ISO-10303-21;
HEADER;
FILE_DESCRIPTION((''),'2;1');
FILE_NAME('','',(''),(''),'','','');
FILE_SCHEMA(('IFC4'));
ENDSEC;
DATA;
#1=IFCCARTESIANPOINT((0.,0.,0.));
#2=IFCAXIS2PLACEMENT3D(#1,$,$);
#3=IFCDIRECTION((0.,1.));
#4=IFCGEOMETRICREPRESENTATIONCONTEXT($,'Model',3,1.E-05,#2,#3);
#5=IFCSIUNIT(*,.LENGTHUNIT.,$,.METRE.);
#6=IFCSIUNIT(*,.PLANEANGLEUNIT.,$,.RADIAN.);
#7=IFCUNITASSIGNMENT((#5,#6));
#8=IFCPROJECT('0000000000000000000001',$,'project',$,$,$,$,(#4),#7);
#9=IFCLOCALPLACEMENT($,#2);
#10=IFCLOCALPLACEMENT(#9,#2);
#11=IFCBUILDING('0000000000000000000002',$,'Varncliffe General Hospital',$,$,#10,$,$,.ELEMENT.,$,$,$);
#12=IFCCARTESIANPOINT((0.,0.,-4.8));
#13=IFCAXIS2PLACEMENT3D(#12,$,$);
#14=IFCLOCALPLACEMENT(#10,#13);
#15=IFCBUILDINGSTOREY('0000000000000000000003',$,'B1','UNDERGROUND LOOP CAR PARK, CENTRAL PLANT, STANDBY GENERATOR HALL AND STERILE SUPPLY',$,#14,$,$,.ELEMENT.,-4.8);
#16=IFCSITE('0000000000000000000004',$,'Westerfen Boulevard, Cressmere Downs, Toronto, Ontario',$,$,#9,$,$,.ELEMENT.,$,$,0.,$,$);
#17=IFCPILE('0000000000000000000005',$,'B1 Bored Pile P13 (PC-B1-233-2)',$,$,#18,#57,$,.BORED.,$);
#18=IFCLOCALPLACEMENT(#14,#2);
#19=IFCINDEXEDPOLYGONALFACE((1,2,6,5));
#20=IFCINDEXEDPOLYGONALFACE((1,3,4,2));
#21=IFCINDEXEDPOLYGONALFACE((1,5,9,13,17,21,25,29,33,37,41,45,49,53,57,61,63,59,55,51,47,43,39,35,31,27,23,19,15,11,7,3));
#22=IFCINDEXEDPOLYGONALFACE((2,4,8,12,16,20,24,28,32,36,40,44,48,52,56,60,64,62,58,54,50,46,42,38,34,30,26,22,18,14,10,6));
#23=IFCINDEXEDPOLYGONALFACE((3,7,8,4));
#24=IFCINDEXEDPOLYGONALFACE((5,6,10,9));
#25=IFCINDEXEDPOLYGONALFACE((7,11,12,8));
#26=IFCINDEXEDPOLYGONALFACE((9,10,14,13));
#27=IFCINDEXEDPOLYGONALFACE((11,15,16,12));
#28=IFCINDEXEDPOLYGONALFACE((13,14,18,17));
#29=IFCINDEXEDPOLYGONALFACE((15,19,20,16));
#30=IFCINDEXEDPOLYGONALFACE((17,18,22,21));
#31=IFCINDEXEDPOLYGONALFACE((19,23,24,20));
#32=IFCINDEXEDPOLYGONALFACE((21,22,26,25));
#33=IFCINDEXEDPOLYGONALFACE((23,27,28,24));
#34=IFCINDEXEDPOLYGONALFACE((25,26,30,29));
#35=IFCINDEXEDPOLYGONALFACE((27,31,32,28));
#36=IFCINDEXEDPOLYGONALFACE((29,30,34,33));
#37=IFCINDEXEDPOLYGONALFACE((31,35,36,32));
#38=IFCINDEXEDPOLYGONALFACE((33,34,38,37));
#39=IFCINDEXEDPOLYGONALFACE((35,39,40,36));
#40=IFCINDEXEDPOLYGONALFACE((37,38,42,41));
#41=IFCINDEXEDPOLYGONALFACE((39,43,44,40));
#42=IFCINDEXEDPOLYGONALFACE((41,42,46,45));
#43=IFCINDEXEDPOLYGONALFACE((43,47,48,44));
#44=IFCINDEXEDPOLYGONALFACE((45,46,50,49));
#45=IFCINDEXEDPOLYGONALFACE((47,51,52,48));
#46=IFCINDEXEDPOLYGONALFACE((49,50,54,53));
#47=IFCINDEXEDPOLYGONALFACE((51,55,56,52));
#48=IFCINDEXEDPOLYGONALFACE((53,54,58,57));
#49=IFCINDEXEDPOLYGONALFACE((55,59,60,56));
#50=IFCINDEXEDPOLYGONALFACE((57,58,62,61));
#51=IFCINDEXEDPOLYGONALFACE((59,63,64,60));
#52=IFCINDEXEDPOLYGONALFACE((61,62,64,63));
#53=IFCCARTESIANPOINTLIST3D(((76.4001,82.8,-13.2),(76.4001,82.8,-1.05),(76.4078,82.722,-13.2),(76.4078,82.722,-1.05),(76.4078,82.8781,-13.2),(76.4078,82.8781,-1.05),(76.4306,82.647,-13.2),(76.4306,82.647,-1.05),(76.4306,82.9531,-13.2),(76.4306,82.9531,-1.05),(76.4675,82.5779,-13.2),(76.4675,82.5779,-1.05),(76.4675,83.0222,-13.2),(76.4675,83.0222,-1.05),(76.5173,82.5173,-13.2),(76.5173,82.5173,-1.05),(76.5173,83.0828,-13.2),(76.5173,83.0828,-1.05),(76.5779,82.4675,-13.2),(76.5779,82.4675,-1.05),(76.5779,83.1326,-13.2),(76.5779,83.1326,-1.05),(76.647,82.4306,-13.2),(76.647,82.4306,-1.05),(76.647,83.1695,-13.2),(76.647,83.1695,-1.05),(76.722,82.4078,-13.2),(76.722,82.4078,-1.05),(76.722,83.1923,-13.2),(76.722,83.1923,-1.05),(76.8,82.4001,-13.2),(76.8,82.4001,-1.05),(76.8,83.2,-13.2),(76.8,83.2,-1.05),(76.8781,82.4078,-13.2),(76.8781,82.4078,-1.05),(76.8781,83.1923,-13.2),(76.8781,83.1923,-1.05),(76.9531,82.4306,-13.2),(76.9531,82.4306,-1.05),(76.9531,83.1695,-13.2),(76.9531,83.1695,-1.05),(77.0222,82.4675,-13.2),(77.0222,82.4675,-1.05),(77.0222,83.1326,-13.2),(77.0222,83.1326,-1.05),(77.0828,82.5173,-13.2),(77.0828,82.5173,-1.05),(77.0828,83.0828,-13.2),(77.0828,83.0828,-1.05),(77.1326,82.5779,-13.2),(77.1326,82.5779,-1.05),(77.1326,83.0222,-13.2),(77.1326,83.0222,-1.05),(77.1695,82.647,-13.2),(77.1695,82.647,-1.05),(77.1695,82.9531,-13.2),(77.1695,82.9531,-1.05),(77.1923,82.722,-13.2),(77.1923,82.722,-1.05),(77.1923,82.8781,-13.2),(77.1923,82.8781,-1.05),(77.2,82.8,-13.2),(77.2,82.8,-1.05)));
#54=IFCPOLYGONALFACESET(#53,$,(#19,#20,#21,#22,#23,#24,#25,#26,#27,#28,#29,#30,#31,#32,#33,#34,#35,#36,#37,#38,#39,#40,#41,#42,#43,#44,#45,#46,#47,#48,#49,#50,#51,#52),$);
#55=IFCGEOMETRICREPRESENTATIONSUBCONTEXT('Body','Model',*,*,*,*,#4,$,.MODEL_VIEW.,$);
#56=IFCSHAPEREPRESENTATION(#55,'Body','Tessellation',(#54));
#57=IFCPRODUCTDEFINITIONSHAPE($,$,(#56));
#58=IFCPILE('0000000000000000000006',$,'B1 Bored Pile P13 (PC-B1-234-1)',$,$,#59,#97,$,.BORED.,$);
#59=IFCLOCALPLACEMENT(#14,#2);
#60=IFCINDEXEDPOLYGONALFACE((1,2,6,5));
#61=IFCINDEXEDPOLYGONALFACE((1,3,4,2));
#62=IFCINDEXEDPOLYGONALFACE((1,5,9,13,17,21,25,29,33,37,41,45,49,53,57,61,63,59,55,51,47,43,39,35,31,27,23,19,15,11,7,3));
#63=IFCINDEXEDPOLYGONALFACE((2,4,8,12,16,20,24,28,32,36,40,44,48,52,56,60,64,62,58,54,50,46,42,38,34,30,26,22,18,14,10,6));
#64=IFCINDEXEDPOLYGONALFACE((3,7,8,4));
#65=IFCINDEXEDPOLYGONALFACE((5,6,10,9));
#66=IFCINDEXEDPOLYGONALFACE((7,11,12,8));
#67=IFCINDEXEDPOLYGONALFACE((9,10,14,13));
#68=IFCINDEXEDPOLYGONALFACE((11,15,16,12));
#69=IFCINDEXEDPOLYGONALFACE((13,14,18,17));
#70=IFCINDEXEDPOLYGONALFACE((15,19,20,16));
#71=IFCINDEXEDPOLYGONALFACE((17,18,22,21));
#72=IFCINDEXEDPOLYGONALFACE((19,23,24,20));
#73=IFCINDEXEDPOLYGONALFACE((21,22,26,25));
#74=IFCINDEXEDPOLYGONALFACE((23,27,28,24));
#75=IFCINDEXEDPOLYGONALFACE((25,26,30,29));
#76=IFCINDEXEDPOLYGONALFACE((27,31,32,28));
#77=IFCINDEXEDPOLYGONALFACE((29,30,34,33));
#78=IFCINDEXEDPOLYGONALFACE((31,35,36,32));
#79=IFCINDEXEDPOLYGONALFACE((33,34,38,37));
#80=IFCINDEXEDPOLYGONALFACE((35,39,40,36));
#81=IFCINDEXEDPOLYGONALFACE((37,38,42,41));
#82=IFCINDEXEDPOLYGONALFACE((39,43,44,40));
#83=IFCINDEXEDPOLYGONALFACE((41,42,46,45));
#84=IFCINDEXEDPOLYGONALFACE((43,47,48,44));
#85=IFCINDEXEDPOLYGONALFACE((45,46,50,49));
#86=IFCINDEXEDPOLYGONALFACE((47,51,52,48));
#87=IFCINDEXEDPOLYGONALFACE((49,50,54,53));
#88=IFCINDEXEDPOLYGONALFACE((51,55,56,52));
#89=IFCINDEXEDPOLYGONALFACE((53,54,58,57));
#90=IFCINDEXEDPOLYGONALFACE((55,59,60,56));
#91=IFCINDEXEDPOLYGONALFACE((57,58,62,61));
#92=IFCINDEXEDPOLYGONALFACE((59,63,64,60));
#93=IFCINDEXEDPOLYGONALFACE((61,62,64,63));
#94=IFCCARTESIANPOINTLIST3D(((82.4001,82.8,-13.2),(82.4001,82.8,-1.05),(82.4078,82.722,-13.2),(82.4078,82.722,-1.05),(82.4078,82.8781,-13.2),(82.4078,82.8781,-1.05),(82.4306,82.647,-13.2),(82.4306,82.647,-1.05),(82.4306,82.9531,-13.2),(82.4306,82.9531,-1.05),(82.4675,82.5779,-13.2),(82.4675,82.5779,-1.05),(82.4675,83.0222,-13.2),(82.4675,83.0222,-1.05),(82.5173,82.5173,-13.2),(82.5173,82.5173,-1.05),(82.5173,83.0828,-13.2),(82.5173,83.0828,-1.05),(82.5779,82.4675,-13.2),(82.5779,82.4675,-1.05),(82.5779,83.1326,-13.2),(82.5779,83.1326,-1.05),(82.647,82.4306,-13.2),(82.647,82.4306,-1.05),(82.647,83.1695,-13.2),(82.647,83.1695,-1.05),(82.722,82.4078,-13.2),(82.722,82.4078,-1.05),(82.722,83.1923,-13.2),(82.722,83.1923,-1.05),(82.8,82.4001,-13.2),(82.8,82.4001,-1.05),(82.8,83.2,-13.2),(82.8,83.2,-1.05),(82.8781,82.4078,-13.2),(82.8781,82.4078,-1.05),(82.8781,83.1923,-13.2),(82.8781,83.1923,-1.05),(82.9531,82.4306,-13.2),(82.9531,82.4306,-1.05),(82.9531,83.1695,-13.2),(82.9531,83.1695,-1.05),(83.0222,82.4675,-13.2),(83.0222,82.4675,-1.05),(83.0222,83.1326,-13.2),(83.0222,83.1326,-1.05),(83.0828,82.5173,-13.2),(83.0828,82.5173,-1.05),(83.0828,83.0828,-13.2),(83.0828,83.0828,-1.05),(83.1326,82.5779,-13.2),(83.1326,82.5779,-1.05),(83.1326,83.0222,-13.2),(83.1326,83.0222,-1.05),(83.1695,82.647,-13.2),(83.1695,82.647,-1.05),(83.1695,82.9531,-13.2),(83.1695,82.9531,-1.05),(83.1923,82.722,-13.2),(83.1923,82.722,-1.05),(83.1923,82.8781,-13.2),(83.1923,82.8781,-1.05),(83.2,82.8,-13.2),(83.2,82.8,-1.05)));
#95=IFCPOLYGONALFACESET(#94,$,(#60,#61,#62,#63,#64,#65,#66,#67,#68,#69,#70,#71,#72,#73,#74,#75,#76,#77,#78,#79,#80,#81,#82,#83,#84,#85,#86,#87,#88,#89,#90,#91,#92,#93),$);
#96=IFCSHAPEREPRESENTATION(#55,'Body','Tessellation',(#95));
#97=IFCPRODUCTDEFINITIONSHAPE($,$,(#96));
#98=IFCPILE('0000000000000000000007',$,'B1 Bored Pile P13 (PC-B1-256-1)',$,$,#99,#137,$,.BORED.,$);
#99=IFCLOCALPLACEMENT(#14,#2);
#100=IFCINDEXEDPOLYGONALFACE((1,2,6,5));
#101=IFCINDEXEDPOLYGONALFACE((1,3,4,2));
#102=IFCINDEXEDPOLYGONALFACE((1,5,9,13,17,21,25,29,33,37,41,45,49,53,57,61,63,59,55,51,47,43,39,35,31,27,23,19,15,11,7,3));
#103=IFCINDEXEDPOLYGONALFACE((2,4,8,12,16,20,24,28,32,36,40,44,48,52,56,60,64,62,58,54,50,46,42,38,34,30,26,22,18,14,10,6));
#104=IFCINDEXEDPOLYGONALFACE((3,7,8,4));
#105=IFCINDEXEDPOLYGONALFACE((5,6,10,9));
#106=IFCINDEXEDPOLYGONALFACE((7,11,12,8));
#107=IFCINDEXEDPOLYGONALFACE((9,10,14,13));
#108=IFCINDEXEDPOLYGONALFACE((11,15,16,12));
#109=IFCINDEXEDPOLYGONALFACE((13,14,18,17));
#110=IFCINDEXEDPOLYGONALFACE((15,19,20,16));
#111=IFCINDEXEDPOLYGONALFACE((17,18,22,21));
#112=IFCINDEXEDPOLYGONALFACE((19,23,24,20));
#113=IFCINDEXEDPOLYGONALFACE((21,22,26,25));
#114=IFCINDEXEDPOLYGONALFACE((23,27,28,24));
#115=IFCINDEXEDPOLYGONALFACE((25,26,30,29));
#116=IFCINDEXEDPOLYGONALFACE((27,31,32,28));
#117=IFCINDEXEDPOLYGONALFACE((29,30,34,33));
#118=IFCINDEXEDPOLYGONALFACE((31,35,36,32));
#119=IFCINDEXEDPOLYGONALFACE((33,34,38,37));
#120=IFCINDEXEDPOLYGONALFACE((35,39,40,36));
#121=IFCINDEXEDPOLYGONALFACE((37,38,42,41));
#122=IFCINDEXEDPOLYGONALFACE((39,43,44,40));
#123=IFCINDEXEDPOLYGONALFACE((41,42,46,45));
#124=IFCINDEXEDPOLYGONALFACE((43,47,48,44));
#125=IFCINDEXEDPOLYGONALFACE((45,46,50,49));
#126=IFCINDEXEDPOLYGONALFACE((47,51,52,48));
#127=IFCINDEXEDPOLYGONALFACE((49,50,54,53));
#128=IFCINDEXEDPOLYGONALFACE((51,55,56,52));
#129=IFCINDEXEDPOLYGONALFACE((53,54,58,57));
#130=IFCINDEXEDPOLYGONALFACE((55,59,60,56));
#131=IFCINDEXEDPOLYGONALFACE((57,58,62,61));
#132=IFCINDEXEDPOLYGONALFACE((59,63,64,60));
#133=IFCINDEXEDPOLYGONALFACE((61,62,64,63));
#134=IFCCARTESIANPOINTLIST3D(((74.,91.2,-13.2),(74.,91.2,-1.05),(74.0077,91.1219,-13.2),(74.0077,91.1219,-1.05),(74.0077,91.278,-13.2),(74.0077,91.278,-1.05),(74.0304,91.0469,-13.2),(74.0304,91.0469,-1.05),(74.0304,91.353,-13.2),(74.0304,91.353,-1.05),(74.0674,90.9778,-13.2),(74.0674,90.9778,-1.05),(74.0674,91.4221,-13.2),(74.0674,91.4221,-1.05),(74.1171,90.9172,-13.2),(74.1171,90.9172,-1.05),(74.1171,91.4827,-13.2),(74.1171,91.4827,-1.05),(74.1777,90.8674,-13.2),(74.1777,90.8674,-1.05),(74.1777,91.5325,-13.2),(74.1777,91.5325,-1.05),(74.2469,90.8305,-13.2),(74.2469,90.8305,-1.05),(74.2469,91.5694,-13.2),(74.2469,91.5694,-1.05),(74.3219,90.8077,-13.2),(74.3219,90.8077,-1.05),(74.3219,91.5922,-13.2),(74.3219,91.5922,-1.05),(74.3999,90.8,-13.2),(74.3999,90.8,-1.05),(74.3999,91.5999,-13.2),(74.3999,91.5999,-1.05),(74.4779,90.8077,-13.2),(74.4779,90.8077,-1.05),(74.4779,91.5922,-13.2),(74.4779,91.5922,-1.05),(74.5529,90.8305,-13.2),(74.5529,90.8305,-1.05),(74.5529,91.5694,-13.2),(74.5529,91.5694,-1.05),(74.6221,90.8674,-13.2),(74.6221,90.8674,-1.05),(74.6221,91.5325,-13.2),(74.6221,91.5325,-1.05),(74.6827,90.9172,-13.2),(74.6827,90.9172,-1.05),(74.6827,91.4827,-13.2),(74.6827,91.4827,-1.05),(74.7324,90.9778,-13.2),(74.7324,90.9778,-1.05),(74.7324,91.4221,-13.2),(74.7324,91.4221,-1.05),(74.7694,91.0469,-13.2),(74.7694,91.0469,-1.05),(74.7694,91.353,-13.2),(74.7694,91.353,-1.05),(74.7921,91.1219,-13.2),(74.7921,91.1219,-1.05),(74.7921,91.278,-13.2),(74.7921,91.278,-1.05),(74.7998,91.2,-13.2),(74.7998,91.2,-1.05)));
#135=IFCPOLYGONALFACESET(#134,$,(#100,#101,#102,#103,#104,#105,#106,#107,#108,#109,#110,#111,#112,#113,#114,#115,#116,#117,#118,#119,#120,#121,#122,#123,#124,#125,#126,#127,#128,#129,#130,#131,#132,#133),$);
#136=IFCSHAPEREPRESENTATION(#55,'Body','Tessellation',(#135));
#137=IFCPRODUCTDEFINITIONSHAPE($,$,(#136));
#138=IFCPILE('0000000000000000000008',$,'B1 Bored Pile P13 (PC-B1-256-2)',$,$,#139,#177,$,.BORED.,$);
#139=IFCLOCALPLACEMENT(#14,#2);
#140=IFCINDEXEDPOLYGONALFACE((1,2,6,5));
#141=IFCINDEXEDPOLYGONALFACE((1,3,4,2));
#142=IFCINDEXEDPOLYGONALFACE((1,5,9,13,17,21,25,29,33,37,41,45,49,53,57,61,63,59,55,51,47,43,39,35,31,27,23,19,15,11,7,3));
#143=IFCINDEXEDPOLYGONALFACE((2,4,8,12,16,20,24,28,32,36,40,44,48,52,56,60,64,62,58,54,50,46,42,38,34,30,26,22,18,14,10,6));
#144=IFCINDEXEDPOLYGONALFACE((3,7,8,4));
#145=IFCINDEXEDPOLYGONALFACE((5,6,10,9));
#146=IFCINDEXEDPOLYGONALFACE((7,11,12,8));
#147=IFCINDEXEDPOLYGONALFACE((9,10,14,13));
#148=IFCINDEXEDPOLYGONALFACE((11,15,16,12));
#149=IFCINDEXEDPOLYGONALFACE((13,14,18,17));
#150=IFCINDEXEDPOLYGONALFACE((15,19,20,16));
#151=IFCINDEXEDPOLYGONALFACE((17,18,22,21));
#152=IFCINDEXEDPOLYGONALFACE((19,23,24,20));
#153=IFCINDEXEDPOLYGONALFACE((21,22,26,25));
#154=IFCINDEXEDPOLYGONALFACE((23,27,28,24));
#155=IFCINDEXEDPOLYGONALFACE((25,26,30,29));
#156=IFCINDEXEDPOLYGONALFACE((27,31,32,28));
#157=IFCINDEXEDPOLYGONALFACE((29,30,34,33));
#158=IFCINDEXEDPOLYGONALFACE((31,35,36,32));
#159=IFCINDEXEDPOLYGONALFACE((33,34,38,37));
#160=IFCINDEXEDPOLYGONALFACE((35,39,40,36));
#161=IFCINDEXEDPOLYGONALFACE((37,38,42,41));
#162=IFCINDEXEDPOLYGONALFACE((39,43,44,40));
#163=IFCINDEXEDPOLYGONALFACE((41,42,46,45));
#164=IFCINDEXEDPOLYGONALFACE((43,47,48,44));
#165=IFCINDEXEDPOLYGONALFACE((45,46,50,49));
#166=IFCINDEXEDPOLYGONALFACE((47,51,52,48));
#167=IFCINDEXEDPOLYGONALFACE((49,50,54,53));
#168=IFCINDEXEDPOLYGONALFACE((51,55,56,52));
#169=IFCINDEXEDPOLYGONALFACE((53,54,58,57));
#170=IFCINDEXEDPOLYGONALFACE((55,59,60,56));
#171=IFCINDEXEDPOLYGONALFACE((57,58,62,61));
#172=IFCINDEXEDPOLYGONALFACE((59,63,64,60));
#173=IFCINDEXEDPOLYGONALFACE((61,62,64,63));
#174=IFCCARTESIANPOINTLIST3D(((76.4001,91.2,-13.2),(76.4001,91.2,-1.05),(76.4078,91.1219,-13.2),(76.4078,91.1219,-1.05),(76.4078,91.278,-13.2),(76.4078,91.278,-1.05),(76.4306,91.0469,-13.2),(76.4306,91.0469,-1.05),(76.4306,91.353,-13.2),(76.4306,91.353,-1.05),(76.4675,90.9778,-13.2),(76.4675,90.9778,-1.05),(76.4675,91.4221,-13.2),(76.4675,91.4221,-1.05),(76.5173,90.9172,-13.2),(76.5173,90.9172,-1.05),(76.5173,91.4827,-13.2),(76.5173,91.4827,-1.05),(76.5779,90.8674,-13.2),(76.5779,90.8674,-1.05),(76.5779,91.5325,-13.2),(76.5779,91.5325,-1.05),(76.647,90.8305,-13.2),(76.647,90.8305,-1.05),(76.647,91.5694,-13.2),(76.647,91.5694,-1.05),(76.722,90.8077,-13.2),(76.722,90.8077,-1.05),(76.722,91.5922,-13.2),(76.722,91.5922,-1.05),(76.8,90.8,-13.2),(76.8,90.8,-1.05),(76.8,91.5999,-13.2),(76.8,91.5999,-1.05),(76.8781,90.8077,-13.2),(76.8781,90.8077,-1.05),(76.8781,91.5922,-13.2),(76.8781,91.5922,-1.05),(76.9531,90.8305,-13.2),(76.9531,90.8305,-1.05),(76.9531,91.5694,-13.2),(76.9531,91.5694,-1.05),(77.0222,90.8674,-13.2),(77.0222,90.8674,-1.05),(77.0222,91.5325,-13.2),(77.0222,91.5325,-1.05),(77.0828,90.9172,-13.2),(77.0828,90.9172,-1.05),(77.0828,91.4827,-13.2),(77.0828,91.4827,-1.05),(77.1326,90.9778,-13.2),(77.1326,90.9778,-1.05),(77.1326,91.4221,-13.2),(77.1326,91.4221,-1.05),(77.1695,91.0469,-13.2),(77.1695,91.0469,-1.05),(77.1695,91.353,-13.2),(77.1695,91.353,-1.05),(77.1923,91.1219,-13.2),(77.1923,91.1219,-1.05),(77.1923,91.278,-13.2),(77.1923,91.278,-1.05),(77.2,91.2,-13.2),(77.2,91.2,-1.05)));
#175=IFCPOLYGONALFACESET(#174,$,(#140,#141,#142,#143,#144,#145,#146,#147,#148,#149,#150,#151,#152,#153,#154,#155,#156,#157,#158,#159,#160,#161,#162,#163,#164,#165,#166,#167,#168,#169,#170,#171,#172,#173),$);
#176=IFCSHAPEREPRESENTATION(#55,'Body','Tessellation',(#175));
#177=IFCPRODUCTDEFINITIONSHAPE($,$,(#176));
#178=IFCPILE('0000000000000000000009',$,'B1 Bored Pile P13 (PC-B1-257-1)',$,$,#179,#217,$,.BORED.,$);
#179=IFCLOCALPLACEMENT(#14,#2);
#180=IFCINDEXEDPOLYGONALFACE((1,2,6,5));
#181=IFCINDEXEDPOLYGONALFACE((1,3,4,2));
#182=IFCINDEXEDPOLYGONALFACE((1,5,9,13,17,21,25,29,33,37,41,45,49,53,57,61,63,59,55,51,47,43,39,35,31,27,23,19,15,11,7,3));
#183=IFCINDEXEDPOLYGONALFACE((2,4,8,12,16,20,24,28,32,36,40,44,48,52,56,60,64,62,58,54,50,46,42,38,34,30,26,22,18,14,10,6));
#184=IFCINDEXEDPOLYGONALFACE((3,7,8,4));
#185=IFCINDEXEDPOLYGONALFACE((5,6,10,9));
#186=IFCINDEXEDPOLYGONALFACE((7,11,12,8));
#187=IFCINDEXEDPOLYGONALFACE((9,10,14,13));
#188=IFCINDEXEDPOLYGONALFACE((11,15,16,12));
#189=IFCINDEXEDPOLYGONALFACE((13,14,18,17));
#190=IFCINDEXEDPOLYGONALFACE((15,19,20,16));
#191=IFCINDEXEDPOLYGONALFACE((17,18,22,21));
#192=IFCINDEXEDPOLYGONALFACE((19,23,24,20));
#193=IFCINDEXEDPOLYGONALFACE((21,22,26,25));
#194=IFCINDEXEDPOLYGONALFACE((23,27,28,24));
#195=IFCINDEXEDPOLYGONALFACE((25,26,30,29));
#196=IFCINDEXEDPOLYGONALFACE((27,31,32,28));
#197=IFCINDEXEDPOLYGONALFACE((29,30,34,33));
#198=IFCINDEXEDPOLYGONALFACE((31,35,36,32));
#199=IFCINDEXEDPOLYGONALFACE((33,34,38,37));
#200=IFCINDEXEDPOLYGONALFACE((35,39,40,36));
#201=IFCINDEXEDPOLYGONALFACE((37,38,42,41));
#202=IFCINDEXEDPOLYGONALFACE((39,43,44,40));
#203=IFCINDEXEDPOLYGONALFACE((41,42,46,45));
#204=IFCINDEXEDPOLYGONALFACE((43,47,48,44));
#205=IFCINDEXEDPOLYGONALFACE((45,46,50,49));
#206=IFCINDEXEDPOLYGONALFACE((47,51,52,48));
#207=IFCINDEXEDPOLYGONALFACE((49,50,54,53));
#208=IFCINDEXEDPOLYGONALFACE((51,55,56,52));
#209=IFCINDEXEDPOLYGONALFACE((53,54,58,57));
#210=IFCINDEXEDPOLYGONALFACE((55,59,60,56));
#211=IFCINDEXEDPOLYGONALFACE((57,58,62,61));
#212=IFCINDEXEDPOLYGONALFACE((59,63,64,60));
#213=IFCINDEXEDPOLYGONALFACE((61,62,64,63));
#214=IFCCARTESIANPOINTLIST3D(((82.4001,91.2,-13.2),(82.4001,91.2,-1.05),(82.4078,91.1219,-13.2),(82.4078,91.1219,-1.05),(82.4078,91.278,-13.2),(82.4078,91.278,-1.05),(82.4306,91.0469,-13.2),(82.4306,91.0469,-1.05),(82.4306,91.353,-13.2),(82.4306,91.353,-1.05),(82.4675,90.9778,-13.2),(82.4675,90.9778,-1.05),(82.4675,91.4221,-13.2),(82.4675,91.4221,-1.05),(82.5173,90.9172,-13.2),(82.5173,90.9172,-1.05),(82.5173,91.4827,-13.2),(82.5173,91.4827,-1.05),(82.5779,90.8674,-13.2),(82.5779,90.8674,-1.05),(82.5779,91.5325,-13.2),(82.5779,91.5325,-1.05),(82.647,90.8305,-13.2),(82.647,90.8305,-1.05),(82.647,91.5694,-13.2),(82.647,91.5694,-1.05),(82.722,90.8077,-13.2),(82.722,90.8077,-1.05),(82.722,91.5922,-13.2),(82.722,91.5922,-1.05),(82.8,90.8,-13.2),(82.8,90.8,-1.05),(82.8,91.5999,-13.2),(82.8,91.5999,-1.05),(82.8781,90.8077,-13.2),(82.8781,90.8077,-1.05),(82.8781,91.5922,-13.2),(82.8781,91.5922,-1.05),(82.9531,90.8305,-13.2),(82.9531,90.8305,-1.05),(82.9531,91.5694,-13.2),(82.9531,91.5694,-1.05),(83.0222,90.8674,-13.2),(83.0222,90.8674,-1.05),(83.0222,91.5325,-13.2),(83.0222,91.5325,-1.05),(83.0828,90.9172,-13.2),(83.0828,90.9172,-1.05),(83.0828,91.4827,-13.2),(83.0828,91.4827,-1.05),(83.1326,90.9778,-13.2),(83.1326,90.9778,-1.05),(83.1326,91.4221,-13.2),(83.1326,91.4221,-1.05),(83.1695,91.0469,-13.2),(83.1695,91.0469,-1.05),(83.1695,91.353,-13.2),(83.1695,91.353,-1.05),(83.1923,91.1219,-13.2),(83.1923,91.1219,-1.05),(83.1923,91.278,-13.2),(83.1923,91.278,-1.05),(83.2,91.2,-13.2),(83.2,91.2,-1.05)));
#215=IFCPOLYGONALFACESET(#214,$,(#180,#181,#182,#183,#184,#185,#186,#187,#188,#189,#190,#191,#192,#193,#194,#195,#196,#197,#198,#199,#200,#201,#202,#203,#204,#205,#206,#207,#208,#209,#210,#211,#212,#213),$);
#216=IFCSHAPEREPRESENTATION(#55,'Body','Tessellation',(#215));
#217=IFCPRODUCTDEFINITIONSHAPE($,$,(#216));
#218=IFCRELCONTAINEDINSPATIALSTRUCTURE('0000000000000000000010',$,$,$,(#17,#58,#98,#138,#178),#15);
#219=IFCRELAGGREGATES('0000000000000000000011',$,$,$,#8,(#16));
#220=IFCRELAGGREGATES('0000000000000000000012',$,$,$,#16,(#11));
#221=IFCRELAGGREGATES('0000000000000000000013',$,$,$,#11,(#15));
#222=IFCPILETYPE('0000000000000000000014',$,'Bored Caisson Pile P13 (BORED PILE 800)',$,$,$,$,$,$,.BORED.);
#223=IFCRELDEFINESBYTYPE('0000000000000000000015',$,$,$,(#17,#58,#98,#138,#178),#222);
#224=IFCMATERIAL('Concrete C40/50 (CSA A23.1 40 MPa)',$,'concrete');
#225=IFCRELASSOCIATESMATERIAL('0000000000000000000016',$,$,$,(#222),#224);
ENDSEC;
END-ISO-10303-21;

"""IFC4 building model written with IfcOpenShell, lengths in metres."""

from ifc_helpers import new_model, si_unit, direction, frame, origin, origin_2d, place, context, subcontext, project, spatial, circle, extrude, material, material_profile, profile_set, type_object, element, save


model = new_model("IFC4")

# Units and contexts
model_context = context("Model", 3, precision=1e-05, world=origin(), true_north=direction((0.0, 1.0)))
body_context = subcontext(model_context, "Body", "Model", "MODEL_VIEW")
ifc_project = project(units=[si_unit("LENGTHUNIT", "METRE"), si_unit("PLANEANGLEUNIT", "RADIAN")], contexts=[model_context])

# Site, building, storey
site_placement = place(None, origin())
site = spatial("IfcSite", under=ifc_project, at=site_placement, Name="Westerfen Boulevard, Cressmere Downs, Toronto, Ontario", CompositionType="ELEMENT", RefElevation=0.0)
building_placement = place(site_placement, origin())
building = spatial("IfcBuilding", under=site, at=building_placement, Name="Varncliffe General Hospital", CompositionType="ELEMENT")
storey_placement = place(building_placement, frame((0.0, 0.0, -4.8)))
storey = spatial("IfcBuildingStorey", under=building, at=storey_placement, Name="B1", Description="UNDERGROUND LOOP CAR PARK, CENTRAL PLANT, STANDBY GENERATOR HALL AND STERILE SUPPLY", CompositionType="ELEMENT", Elevation=-4.8)

# Piles
ifc_material_1 = material(Name="Concrete C40/50 (CSA A23.1 40 MPa)", Category="concrete")
ifc_material_profile_1 = material_profile(ifc_material_1, circle(Radius=0.3999, at=origin_2d()), Name="BORED PILE 800")
ifc_profile_set_1 = profile_set([ifc_material_profile_1], Name="Concrete C40/50 (CSA A23.1 40 MPa)")
pile_type = type_object("IfcPileType", Name="Bored Caisson Pile P13 (BORED PILE 800)", PredefinedType="BORED", material=ifc_profile_set_1)
for number, where, z_axis, x_axis, name in (
    (1, (76.8, 82.8, -1.05), (0.0, 0.0, -1.0), (1.0, 0.0, 0.0), "B1 Bored Pile P13 (PC-B1-233-2)"),
    (2, (82.8, 82.8, -1.05), (0.0, 0.0, -1.0), (1.0, 0.0, 0.0), "B1 Bored Pile P13 (PC-B1-234-1)"),
    (3, (74.3999, 91.2, -1.05), (0.0, 0.0, -1.0), (1.0, 0.0, 0.0), "B1 Bored Pile P13 (PC-B1-256-1)"),
    (4, (76.8, 91.2, -1.05), (0.0, 0.0, -1.0), (1.0, 0.0, 0.0), "B1 Bored Pile P13 (PC-B1-256-2)"),
    (5, (82.8, 91.2, -1.05), (0.0, 0.0, -1.0), (1.0, 0.0, 0.0), "B1 Bored Pile P13 (PC-B1-257-1)"),
):
    element("IfcPile", number, at=place(storey_placement, frame(where, z_axis=z_axis, x_axis=x_axis)), inside=storey, type_object=pile_type, Name=name, PredefinedType="BORED", context=body_context, shape_type="SweptSolid", body=[
        extrude(circle(Radius=0.3999, at=origin_2d()), origin(), (0.0, 0.0, 1.0), 12.1499),
    ])

save(model, "model.ifc")
